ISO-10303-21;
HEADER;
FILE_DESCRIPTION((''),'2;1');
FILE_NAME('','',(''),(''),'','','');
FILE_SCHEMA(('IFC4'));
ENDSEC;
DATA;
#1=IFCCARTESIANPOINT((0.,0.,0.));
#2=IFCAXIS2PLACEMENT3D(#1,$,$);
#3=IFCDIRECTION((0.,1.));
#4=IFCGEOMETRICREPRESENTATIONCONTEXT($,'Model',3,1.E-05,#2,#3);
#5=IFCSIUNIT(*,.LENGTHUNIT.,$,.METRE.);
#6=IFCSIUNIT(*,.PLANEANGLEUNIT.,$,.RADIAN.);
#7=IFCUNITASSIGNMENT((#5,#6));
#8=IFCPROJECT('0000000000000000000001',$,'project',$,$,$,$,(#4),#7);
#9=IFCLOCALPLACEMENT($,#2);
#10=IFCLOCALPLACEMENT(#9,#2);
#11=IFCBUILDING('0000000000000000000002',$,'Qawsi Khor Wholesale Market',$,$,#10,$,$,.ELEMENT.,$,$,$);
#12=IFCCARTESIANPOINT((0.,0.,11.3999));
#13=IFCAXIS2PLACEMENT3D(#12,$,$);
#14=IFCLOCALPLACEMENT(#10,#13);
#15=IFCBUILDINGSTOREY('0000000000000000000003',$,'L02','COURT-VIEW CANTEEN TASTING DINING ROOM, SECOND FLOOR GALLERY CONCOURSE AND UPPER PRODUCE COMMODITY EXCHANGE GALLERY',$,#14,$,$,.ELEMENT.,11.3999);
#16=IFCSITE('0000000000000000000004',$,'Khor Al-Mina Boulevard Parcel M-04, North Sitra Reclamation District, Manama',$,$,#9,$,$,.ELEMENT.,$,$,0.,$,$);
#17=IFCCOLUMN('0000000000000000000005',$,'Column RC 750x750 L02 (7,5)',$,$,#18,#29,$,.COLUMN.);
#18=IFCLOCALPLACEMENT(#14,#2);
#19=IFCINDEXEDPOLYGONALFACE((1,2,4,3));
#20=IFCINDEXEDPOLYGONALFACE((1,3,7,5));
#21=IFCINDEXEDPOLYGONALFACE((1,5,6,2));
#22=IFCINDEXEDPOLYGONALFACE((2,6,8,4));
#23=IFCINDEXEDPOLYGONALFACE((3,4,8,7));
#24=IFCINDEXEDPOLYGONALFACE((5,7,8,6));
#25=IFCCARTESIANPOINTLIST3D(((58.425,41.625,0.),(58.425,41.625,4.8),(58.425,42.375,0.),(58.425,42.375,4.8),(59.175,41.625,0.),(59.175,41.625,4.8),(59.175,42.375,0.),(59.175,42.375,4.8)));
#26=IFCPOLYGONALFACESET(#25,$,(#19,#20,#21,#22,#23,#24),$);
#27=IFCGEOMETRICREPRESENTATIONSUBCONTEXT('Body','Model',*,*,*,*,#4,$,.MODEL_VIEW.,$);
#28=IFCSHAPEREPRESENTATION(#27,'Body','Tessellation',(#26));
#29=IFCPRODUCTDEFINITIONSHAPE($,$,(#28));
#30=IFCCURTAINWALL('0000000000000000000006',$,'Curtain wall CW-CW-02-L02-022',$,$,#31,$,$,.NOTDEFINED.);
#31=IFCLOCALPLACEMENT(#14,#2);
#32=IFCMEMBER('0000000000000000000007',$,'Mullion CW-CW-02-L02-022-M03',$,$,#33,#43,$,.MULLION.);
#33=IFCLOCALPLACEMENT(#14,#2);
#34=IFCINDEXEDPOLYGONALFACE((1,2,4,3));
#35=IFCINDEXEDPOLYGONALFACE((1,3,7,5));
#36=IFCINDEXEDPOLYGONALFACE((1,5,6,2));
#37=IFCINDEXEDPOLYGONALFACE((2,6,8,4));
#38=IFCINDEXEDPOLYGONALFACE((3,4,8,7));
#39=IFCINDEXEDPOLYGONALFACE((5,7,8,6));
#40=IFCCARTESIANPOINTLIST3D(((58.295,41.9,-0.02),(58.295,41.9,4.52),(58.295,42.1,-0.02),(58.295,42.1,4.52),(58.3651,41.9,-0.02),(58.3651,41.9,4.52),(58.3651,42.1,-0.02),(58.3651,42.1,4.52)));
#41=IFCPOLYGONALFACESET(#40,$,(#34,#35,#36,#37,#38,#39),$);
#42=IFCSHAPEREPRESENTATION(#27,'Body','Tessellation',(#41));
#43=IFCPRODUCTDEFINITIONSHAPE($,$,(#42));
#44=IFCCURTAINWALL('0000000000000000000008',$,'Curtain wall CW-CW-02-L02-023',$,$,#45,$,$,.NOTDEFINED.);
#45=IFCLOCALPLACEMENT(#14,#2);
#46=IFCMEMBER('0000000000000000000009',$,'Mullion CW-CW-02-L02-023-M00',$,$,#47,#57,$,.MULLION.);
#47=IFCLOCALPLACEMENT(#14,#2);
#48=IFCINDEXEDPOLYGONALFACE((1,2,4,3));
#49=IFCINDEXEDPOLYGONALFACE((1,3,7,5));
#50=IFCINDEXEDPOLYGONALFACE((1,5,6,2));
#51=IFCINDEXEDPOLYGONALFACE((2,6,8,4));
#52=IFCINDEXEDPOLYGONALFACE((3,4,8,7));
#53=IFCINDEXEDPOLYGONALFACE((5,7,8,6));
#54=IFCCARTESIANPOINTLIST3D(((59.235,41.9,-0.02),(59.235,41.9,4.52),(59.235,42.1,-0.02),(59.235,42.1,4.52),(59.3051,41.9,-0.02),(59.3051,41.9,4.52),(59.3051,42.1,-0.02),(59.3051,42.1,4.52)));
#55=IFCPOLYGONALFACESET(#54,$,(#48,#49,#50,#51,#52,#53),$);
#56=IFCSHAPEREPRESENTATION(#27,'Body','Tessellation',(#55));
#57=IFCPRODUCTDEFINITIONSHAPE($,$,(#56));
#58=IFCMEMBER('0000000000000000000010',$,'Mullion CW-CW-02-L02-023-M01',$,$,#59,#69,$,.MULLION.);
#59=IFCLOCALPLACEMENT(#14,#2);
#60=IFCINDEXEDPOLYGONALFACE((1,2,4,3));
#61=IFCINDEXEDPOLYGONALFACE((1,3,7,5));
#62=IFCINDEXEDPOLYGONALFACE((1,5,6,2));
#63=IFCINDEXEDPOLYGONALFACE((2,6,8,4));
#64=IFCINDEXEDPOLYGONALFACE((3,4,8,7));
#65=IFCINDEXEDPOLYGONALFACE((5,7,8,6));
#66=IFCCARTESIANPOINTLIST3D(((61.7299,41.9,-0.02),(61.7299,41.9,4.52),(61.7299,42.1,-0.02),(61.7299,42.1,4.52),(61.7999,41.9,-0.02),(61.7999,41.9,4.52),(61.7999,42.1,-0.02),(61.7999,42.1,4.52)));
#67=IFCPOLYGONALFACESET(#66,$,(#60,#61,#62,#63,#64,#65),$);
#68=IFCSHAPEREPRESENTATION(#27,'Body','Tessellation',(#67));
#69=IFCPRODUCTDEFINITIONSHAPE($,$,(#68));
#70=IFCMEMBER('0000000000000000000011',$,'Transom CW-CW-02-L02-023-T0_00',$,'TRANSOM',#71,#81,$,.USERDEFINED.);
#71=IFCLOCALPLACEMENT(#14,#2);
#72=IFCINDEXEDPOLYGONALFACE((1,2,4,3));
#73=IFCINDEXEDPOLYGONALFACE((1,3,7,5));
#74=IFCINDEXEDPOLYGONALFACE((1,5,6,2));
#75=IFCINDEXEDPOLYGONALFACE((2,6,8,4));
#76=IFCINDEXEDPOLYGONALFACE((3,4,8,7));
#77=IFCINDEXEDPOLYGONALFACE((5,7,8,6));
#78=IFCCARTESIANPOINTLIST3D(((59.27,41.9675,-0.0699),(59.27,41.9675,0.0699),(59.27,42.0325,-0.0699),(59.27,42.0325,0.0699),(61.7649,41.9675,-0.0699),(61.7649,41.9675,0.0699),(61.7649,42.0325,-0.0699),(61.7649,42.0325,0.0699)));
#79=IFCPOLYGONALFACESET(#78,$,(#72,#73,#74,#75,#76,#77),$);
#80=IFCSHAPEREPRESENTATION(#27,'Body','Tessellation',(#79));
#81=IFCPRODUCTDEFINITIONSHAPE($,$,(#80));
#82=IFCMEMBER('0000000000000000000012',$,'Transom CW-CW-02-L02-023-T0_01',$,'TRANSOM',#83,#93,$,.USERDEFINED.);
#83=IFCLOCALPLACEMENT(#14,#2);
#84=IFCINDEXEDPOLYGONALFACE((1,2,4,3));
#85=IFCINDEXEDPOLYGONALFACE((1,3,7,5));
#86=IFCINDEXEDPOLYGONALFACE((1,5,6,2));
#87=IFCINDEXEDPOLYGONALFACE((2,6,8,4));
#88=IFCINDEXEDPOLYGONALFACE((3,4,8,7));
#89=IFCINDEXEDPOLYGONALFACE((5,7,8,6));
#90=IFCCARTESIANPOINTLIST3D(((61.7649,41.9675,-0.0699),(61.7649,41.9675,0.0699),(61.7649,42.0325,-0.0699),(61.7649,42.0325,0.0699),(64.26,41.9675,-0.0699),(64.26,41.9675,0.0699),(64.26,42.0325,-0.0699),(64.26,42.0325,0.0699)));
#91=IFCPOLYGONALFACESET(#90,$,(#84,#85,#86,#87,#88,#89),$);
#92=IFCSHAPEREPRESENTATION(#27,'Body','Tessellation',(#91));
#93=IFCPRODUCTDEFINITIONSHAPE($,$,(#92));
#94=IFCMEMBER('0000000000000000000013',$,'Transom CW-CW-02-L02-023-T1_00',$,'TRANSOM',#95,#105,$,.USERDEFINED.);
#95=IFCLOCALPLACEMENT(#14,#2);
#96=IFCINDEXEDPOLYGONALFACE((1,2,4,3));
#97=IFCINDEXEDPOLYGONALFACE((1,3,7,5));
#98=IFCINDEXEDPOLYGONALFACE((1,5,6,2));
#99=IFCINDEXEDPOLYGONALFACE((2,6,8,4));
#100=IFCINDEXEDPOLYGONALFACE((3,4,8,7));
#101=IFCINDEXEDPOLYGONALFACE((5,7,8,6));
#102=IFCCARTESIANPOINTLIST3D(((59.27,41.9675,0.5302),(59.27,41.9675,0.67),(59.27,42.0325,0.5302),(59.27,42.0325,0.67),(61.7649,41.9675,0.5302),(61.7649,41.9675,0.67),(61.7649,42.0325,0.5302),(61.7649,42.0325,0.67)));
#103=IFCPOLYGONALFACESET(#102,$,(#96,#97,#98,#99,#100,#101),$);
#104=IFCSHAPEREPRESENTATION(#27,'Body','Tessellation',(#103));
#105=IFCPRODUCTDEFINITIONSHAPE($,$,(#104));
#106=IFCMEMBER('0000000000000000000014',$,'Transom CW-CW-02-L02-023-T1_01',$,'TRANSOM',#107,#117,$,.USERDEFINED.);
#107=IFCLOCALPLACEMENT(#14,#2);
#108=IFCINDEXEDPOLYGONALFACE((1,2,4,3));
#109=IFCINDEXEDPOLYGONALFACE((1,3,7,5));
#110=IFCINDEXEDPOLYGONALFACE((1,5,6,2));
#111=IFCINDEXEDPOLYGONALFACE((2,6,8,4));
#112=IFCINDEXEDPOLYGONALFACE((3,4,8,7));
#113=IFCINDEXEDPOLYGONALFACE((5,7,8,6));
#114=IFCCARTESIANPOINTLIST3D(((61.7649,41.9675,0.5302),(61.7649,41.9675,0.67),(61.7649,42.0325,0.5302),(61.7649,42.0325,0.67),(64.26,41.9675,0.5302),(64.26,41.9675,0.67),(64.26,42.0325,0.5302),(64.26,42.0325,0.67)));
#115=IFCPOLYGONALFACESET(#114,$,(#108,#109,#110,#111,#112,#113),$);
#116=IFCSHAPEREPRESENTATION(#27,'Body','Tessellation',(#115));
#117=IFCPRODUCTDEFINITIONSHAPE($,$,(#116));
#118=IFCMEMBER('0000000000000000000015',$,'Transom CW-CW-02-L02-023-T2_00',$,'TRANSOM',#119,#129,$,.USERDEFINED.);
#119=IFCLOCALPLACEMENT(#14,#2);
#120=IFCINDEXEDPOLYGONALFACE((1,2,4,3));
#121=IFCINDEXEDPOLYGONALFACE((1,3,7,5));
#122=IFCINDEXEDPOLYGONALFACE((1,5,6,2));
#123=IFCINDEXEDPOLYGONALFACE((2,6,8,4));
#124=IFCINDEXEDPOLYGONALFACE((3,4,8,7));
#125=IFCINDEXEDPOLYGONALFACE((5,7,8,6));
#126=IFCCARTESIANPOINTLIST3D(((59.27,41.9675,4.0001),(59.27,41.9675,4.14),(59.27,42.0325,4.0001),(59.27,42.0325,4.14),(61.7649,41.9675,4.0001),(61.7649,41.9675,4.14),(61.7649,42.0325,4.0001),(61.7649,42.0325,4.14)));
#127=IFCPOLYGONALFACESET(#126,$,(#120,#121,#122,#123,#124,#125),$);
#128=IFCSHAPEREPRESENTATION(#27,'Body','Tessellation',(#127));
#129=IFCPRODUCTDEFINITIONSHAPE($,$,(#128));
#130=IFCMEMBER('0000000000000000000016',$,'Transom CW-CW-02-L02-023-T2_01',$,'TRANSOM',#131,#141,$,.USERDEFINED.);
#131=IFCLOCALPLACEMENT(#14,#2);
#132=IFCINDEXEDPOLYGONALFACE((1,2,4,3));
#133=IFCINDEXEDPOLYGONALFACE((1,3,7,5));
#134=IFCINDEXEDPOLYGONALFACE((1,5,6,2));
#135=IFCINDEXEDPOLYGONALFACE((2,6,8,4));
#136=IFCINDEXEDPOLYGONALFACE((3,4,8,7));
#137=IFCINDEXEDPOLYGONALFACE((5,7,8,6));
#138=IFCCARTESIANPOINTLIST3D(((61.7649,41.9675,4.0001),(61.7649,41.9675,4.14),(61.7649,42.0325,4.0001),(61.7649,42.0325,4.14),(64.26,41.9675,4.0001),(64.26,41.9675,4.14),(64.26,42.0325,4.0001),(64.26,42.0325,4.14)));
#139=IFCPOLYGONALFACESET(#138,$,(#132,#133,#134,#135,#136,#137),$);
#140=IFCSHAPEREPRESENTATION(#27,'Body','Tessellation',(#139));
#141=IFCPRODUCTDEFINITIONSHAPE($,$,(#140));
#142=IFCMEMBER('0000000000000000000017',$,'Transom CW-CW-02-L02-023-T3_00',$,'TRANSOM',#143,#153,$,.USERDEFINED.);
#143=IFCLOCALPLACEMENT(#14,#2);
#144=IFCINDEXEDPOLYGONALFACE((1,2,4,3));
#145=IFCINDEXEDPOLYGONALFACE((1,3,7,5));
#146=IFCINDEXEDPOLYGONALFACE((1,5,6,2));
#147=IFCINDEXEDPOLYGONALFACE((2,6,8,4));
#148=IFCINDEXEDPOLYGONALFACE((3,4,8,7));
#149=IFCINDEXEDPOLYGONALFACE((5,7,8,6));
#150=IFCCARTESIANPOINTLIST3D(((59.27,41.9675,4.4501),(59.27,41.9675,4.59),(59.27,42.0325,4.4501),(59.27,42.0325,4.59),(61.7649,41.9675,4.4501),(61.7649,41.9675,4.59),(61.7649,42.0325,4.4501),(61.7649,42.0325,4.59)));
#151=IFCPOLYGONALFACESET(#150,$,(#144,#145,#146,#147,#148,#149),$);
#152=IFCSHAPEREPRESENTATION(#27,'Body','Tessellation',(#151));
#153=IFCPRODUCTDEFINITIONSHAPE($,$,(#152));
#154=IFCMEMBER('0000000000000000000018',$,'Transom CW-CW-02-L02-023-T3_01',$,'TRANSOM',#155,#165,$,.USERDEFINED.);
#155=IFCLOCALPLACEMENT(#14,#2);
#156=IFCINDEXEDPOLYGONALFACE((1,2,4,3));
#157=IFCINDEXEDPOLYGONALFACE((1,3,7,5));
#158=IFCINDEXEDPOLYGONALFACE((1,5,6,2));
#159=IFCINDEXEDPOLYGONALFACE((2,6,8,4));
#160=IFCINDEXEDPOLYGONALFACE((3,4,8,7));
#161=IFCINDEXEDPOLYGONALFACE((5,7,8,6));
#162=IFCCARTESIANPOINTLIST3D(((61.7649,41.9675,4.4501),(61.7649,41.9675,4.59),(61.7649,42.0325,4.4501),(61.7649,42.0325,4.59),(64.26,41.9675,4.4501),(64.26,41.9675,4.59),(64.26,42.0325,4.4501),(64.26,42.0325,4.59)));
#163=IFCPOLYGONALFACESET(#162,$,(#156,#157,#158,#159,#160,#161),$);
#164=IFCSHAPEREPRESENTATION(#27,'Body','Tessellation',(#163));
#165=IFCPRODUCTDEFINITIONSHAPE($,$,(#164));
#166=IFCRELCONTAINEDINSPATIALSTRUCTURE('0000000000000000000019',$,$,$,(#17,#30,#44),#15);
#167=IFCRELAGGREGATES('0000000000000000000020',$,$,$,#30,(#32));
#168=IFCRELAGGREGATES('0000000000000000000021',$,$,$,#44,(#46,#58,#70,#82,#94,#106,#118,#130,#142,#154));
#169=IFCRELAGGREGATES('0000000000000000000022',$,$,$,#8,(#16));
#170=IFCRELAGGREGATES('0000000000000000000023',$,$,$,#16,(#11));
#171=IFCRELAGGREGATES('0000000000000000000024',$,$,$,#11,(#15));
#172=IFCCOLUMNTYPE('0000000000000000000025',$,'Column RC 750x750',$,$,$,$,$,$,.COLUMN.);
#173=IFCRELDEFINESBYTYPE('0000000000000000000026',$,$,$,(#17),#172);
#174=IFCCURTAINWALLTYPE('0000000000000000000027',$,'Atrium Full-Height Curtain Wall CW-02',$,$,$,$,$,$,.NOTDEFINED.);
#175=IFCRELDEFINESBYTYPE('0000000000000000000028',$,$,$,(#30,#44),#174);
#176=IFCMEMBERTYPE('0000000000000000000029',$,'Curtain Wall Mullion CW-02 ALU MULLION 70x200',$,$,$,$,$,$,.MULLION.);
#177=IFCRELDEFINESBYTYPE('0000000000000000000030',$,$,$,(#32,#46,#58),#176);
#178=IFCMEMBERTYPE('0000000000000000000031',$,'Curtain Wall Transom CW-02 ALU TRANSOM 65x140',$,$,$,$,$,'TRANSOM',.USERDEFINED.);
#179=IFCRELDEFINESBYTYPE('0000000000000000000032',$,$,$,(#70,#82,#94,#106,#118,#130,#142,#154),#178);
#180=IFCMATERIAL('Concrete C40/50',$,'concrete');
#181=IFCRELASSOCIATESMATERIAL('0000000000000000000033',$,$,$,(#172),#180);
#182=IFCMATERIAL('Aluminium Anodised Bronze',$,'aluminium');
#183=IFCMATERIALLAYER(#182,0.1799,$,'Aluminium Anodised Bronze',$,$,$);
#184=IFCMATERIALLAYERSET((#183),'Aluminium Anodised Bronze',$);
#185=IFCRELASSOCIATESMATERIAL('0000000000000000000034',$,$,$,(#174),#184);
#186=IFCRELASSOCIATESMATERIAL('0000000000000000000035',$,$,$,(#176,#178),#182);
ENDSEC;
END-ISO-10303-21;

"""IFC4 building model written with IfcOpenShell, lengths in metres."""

from ifc_helpers import new_model, si_unit, direction, frame, origin, origin_2d, place, context, subcontext, project, spatial, rectangle, extrude, material, layer, layer_set, material_profile, profile_set, type_object, element, aggregate, save


model = new_model("IFC4")

# Units and contexts
model_context = context("Model", 3, precision=1e-05, world=origin(), true_north=direction((0.0, 1.0)))
body_context = subcontext(model_context, "Body", "Model", "MODEL_VIEW")
ifc_project = project(units=[si_unit("LENGTHUNIT", "METRE"), si_unit("PLANEANGLEUNIT", "RADIAN")], contexts=[model_context])

# Site, building, storey
site_placement = place(None, origin())
site = spatial("IfcSite", under=ifc_project, at=site_placement, Name="Khor Al-Mina Boulevard Parcel M-04, North Sitra Reclamation District, Manama", CompositionType="ELEMENT", RefElevation=0.0)
building_placement = place(site_placement, origin())
building = spatial("IfcBuilding", under=site, at=building_placement, Name="Qawsi Khor Wholesale Market", CompositionType="ELEMENT")
storey_placement = place(building_placement, frame((0.0, 0.0, 11.3999)))
storey = spatial("IfcBuildingStorey", under=building, at=storey_placement, Name="L02", Description="COURT-VIEW CANTEEN TASTING DINING ROOM, SECOND FLOOR GALLERY CONCOURSE AND UPPER PRODUCE COMMODITY EXCHANGE GALLERY", CompositionType="ELEMENT", Elevation=11.3999)

# Column
ifc_material_1 = material(Name="Concrete C40/50", Category="concrete")
ifc_material_profile_1 = material_profile(ifc_material_1, rectangle(XDim=0.75, YDim=0.75, at=origin_2d()), Name="RC 750x750")
ifc_profile_set_1 = profile_set([ifc_material_profile_1], Name="Concrete C40/50")
column_type = type_object("IfcColumnType", Name="Column RC 750x750", PredefinedType="COLUMN", material=ifc_profile_set_1)
column_placement = place(storey_placement, frame((58.8, 42.0, 0.0), z_axis=(0.0, 0.0, 1.0), x_axis=(1.0, 0.0, 0.0)))
element("IfcColumn", 1, at=column_placement, inside=storey, type_object=column_type, Name="Column RC 750x750 L02 (7,5)", PredefinedType="COLUMN", context=body_context, shape_type="SweptSolid", body=[
    extrude(rectangle(XDim=0.75, YDim=0.75, at=origin_2d()), origin(), (0.0, 0.0, 1.0), 4.8),
])

# Curtain wall, member
ifc_material_2 = material(Name="Aluminium Anodised Bronze", Category="aluminium")
ifc_layer_1 = layer(ifc_material_2, 0.1799, Name="Aluminium Anodised Bronze")
ifc_layer_set_1 = layer_set([ifc_layer_1], Name="Aluminium Anodised Bronze")
curtain_wall_type = type_object("IfcCurtainWallType", Name="Atrium Full-Height Curtain Wall CW-02", PredefinedType="NOTDEFINED", material=ifc_layer_set_1)
curtain_wall_1_placement = place(storey_placement, origin())
curtain_wall_1 = element("IfcCurtainWall", 2, at=curtain_wall_1_placement, inside=storey, type_object=curtain_wall_type, Name="Curtain wall CW-CW-02-L02-022", PredefinedType="NOTDEFINED")
ifc_material_profile_2 = material_profile(ifc_material_2, rectangle(XDim=0.0701, YDim=0.2, at=origin_2d()), Name="ALU MULLION 70x200")
ifc_profile_set_2 = profile_set([ifc_material_profile_2], Name="Aluminium Anodised Bronze")
member_type_1 = type_object("IfcMemberType", Name="Curtain Wall Mullion CW-02 ALU MULLION 70x200", PredefinedType="MULLION", material=ifc_profile_set_2)
member_1_placement = place(storey_placement, frame((58.3301, 42.0, -0.02), z_axis=(0.0, 0.0, 1.0), x_axis=(1.0, 0.0, 0.0)))
member_1 = element("IfcMember", 3, at=member_1_placement, type_object=member_type_1, Name="Mullion CW-CW-02-L02-022-M03", PredefinedType="MULLION", context=body_context, shape_type="SweptSolid", body=[
    extrude(rectangle(XDim=0.0701, YDim=0.2, at=origin_2d()), origin(), (0.0, 0.0, 1.0), 4.54),
])

# Curtain wall, members
curtain_wall_2_placement = place(storey_placement, origin())
curtain_wall_2 = element("IfcCurtainWall", 4, at=curtain_wall_2_placement, inside=storey, type_object=curtain_wall_type, Name="Curtain wall CW-CW-02-L02-023", PredefinedType="NOTDEFINED")
member_2_placement = place(storey_placement, frame((59.27, 42.0, -0.02), z_axis=(0.0, 0.0, 1.0), x_axis=(1.0, 0.0, 0.0)))
member_2 = element("IfcMember", 5, at=member_2_placement, type_object=member_type_1, Name="Mullion CW-CW-02-L02-023-M00", PredefinedType="MULLION", context=body_context, shape_type="SweptSolid", body=[
    extrude(rectangle(XDim=0.0701, YDim=0.2, at=origin_2d()), origin(), (0.0, 0.0, 1.0), 4.54),
])
member_3_placement = place(storey_placement, frame((61.7649, 42.0, -0.02), z_axis=(0.0, 0.0, 1.0), x_axis=(1.0, 0.0, 0.0)))
member_3 = element("IfcMember", 6, at=member_3_placement, type_object=member_type_1, Name="Mullion CW-CW-02-L02-023-M01", PredefinedType="MULLION", context=body_context, shape_type="SweptSolid", body=[
    extrude(rectangle(XDim=0.0701, YDim=0.2, at=origin_2d()), origin(), (0.0, 0.0, 1.0), 4.54),
])
ifc_material_profile_3 = material_profile(ifc_material_2, rectangle(XDim=0.0649, YDim=0.1399, at=origin_2d()), Name="ALU TRANSOM 65x140")
ifc_profile_set_3 = profile_set([ifc_material_profile_3], Name="Aluminium Anodised Bronze")
member_type_2 = type_object("IfcMemberType", Name="Curtain Wall Transom CW-02 ALU TRANSOM 65x140", ElementType="TRANSOM", PredefinedType="USERDEFINED", material=ifc_profile_set_3)
member_4_placement = place(storey_placement, frame((59.27, 42.0, 0.0), z_axis=(1.0, 0.0, 0.0), x_axis=(0.0, 1.0, 0.0)))
member_4 = element("IfcMember", 7, at=member_4_placement, type_object=member_type_2, Name="Transom CW-CW-02-L02-023-T0_00", ObjectType="TRANSOM", PredefinedType="USERDEFINED", context=body_context, shape_type="SweptSolid", body=[
    extrude(rectangle(XDim=0.0649, YDim=0.1399, at=origin_2d()), origin(), (0.0, 0.0, 1.0), 2.4949),
])
member_5_placement = place(storey_placement, frame((61.7649, 42.0, 0.0), z_axis=(1.0, 0.0, 0.0), x_axis=(0.0, 1.0, 0.0)))
member_5 = element("IfcMember", 8, at=member_5_placement, type_object=member_type_2, Name="Transom CW-CW-02-L02-023-T0_01", ObjectType="TRANSOM", PredefinedType="USERDEFINED", context=body_context, shape_type="SweptSolid", body=[
    extrude(rectangle(XDim=0.0649, YDim=0.1399, at=origin_2d()), origin(), (0.0, 0.0, 1.0), 2.4951),
])
member_6_placement = place(storey_placement, frame((59.27, 42.0, 0.6001), z_axis=(1.0, 0.0, 0.0), x_axis=(0.0, 1.0, 0.0)))
member_6 = element("IfcMember", 9, at=member_6_placement, type_object=member_type_2, Name="Transom CW-CW-02-L02-023-T1_00", ObjectType="TRANSOM", PredefinedType="USERDEFINED", context=body_context, shape_type="SweptSolid", body=[
    extrude(rectangle(XDim=0.0649, YDim=0.1399, at=origin_2d()), origin(), (0.0, 0.0, 1.0), 2.4949),
])
member_7_placement = place(storey_placement, frame((61.7649, 42.0, 0.6001), z_axis=(1.0, 0.0, 0.0), x_axis=(0.0, 1.0, 0.0)))
member_7 = element("IfcMember", 10, at=member_7_placement, type_object=member_type_2, Name="Transom CW-CW-02-L02-023-T1_01", ObjectType="TRANSOM", PredefinedType="USERDEFINED", context=body_context, shape_type="SweptSolid", body=[
    extrude(rectangle(XDim=0.0649, YDim=0.1399, at=origin_2d()), origin(), (0.0, 0.0, 1.0), 2.4951),
])
member_8_placement = place(storey_placement, frame((59.27, 42.0, 4.0701), z_axis=(1.0, 0.0, 0.0), x_axis=(0.0, 1.0, 0.0)))
member_8 = element("IfcMember", 11, at=member_8_placement, type_object=member_type_2, Name="Transom CW-CW-02-L02-023-T2_00", ObjectType="TRANSOM", PredefinedType="USERDEFINED", context=body_context, shape_type="SweptSolid", body=[
    extrude(rectangle(XDim=0.0649, YDim=0.1399, at=origin_2d()), origin(), (0.0, 0.0, 1.0), 2.4949),
])
member_9_placement = place(storey_placement, frame((61.7649, 42.0, 4.0701), z_axis=(1.0, 0.0, 0.0), x_axis=(0.0, 1.0, 0.0)))
member_9 = element("IfcMember", 12, at=member_9_placement, type_object=member_type_2, Name="Transom CW-CW-02-L02-023-T2_01", ObjectType="TRANSOM", PredefinedType="USERDEFINED", context=body_context, shape_type="SweptSolid", body=[
    extrude(rectangle(XDim=0.0649, YDim=0.1399, at=origin_2d()), origin(), (0.0, 0.0, 1.0), 2.4951),
])
member_10_placement = place(storey_placement, frame((59.27, 42.0, 4.52), z_axis=(1.0, 0.0, 0.0), x_axis=(0.0, 1.0, 0.0)))
member_10 = element("IfcMember", 13, at=member_10_placement, type_object=member_type_2, Name="Transom CW-CW-02-L02-023-T3_00", ObjectType="TRANSOM", PredefinedType="USERDEFINED", context=body_context, shape_type="SweptSolid", body=[
    extrude(rectangle(XDim=0.0649, YDim=0.1399, at=origin_2d()), origin(), (0.0, 0.0, 1.0), 2.4949),
])
member_11_placement = place(storey_placement, frame((61.7649, 42.0, 4.52), z_axis=(1.0, 0.0, 0.0), x_axis=(0.0, 1.0, 0.0)))
member_11 = element("IfcMember", 14, at=member_11_placement, type_object=member_type_2, Name="Transom CW-CW-02-L02-023-T3_01", ObjectType="TRANSOM", PredefinedType="USERDEFINED", context=body_context, shape_type="SweptSolid", body=[
    extrude(rectangle(XDim=0.0649, YDim=0.1399, at=origin_2d()), origin(), (0.0, 0.0, 1.0), 2.4951),
])

aggregate(curtain_wall_1, [member_1])
aggregate(curtain_wall_2, [member_2, member_3, member_4, member_5, member_6, member_7, member_8, member_9, member_10, member_11])

save(model, "model.ifc")
